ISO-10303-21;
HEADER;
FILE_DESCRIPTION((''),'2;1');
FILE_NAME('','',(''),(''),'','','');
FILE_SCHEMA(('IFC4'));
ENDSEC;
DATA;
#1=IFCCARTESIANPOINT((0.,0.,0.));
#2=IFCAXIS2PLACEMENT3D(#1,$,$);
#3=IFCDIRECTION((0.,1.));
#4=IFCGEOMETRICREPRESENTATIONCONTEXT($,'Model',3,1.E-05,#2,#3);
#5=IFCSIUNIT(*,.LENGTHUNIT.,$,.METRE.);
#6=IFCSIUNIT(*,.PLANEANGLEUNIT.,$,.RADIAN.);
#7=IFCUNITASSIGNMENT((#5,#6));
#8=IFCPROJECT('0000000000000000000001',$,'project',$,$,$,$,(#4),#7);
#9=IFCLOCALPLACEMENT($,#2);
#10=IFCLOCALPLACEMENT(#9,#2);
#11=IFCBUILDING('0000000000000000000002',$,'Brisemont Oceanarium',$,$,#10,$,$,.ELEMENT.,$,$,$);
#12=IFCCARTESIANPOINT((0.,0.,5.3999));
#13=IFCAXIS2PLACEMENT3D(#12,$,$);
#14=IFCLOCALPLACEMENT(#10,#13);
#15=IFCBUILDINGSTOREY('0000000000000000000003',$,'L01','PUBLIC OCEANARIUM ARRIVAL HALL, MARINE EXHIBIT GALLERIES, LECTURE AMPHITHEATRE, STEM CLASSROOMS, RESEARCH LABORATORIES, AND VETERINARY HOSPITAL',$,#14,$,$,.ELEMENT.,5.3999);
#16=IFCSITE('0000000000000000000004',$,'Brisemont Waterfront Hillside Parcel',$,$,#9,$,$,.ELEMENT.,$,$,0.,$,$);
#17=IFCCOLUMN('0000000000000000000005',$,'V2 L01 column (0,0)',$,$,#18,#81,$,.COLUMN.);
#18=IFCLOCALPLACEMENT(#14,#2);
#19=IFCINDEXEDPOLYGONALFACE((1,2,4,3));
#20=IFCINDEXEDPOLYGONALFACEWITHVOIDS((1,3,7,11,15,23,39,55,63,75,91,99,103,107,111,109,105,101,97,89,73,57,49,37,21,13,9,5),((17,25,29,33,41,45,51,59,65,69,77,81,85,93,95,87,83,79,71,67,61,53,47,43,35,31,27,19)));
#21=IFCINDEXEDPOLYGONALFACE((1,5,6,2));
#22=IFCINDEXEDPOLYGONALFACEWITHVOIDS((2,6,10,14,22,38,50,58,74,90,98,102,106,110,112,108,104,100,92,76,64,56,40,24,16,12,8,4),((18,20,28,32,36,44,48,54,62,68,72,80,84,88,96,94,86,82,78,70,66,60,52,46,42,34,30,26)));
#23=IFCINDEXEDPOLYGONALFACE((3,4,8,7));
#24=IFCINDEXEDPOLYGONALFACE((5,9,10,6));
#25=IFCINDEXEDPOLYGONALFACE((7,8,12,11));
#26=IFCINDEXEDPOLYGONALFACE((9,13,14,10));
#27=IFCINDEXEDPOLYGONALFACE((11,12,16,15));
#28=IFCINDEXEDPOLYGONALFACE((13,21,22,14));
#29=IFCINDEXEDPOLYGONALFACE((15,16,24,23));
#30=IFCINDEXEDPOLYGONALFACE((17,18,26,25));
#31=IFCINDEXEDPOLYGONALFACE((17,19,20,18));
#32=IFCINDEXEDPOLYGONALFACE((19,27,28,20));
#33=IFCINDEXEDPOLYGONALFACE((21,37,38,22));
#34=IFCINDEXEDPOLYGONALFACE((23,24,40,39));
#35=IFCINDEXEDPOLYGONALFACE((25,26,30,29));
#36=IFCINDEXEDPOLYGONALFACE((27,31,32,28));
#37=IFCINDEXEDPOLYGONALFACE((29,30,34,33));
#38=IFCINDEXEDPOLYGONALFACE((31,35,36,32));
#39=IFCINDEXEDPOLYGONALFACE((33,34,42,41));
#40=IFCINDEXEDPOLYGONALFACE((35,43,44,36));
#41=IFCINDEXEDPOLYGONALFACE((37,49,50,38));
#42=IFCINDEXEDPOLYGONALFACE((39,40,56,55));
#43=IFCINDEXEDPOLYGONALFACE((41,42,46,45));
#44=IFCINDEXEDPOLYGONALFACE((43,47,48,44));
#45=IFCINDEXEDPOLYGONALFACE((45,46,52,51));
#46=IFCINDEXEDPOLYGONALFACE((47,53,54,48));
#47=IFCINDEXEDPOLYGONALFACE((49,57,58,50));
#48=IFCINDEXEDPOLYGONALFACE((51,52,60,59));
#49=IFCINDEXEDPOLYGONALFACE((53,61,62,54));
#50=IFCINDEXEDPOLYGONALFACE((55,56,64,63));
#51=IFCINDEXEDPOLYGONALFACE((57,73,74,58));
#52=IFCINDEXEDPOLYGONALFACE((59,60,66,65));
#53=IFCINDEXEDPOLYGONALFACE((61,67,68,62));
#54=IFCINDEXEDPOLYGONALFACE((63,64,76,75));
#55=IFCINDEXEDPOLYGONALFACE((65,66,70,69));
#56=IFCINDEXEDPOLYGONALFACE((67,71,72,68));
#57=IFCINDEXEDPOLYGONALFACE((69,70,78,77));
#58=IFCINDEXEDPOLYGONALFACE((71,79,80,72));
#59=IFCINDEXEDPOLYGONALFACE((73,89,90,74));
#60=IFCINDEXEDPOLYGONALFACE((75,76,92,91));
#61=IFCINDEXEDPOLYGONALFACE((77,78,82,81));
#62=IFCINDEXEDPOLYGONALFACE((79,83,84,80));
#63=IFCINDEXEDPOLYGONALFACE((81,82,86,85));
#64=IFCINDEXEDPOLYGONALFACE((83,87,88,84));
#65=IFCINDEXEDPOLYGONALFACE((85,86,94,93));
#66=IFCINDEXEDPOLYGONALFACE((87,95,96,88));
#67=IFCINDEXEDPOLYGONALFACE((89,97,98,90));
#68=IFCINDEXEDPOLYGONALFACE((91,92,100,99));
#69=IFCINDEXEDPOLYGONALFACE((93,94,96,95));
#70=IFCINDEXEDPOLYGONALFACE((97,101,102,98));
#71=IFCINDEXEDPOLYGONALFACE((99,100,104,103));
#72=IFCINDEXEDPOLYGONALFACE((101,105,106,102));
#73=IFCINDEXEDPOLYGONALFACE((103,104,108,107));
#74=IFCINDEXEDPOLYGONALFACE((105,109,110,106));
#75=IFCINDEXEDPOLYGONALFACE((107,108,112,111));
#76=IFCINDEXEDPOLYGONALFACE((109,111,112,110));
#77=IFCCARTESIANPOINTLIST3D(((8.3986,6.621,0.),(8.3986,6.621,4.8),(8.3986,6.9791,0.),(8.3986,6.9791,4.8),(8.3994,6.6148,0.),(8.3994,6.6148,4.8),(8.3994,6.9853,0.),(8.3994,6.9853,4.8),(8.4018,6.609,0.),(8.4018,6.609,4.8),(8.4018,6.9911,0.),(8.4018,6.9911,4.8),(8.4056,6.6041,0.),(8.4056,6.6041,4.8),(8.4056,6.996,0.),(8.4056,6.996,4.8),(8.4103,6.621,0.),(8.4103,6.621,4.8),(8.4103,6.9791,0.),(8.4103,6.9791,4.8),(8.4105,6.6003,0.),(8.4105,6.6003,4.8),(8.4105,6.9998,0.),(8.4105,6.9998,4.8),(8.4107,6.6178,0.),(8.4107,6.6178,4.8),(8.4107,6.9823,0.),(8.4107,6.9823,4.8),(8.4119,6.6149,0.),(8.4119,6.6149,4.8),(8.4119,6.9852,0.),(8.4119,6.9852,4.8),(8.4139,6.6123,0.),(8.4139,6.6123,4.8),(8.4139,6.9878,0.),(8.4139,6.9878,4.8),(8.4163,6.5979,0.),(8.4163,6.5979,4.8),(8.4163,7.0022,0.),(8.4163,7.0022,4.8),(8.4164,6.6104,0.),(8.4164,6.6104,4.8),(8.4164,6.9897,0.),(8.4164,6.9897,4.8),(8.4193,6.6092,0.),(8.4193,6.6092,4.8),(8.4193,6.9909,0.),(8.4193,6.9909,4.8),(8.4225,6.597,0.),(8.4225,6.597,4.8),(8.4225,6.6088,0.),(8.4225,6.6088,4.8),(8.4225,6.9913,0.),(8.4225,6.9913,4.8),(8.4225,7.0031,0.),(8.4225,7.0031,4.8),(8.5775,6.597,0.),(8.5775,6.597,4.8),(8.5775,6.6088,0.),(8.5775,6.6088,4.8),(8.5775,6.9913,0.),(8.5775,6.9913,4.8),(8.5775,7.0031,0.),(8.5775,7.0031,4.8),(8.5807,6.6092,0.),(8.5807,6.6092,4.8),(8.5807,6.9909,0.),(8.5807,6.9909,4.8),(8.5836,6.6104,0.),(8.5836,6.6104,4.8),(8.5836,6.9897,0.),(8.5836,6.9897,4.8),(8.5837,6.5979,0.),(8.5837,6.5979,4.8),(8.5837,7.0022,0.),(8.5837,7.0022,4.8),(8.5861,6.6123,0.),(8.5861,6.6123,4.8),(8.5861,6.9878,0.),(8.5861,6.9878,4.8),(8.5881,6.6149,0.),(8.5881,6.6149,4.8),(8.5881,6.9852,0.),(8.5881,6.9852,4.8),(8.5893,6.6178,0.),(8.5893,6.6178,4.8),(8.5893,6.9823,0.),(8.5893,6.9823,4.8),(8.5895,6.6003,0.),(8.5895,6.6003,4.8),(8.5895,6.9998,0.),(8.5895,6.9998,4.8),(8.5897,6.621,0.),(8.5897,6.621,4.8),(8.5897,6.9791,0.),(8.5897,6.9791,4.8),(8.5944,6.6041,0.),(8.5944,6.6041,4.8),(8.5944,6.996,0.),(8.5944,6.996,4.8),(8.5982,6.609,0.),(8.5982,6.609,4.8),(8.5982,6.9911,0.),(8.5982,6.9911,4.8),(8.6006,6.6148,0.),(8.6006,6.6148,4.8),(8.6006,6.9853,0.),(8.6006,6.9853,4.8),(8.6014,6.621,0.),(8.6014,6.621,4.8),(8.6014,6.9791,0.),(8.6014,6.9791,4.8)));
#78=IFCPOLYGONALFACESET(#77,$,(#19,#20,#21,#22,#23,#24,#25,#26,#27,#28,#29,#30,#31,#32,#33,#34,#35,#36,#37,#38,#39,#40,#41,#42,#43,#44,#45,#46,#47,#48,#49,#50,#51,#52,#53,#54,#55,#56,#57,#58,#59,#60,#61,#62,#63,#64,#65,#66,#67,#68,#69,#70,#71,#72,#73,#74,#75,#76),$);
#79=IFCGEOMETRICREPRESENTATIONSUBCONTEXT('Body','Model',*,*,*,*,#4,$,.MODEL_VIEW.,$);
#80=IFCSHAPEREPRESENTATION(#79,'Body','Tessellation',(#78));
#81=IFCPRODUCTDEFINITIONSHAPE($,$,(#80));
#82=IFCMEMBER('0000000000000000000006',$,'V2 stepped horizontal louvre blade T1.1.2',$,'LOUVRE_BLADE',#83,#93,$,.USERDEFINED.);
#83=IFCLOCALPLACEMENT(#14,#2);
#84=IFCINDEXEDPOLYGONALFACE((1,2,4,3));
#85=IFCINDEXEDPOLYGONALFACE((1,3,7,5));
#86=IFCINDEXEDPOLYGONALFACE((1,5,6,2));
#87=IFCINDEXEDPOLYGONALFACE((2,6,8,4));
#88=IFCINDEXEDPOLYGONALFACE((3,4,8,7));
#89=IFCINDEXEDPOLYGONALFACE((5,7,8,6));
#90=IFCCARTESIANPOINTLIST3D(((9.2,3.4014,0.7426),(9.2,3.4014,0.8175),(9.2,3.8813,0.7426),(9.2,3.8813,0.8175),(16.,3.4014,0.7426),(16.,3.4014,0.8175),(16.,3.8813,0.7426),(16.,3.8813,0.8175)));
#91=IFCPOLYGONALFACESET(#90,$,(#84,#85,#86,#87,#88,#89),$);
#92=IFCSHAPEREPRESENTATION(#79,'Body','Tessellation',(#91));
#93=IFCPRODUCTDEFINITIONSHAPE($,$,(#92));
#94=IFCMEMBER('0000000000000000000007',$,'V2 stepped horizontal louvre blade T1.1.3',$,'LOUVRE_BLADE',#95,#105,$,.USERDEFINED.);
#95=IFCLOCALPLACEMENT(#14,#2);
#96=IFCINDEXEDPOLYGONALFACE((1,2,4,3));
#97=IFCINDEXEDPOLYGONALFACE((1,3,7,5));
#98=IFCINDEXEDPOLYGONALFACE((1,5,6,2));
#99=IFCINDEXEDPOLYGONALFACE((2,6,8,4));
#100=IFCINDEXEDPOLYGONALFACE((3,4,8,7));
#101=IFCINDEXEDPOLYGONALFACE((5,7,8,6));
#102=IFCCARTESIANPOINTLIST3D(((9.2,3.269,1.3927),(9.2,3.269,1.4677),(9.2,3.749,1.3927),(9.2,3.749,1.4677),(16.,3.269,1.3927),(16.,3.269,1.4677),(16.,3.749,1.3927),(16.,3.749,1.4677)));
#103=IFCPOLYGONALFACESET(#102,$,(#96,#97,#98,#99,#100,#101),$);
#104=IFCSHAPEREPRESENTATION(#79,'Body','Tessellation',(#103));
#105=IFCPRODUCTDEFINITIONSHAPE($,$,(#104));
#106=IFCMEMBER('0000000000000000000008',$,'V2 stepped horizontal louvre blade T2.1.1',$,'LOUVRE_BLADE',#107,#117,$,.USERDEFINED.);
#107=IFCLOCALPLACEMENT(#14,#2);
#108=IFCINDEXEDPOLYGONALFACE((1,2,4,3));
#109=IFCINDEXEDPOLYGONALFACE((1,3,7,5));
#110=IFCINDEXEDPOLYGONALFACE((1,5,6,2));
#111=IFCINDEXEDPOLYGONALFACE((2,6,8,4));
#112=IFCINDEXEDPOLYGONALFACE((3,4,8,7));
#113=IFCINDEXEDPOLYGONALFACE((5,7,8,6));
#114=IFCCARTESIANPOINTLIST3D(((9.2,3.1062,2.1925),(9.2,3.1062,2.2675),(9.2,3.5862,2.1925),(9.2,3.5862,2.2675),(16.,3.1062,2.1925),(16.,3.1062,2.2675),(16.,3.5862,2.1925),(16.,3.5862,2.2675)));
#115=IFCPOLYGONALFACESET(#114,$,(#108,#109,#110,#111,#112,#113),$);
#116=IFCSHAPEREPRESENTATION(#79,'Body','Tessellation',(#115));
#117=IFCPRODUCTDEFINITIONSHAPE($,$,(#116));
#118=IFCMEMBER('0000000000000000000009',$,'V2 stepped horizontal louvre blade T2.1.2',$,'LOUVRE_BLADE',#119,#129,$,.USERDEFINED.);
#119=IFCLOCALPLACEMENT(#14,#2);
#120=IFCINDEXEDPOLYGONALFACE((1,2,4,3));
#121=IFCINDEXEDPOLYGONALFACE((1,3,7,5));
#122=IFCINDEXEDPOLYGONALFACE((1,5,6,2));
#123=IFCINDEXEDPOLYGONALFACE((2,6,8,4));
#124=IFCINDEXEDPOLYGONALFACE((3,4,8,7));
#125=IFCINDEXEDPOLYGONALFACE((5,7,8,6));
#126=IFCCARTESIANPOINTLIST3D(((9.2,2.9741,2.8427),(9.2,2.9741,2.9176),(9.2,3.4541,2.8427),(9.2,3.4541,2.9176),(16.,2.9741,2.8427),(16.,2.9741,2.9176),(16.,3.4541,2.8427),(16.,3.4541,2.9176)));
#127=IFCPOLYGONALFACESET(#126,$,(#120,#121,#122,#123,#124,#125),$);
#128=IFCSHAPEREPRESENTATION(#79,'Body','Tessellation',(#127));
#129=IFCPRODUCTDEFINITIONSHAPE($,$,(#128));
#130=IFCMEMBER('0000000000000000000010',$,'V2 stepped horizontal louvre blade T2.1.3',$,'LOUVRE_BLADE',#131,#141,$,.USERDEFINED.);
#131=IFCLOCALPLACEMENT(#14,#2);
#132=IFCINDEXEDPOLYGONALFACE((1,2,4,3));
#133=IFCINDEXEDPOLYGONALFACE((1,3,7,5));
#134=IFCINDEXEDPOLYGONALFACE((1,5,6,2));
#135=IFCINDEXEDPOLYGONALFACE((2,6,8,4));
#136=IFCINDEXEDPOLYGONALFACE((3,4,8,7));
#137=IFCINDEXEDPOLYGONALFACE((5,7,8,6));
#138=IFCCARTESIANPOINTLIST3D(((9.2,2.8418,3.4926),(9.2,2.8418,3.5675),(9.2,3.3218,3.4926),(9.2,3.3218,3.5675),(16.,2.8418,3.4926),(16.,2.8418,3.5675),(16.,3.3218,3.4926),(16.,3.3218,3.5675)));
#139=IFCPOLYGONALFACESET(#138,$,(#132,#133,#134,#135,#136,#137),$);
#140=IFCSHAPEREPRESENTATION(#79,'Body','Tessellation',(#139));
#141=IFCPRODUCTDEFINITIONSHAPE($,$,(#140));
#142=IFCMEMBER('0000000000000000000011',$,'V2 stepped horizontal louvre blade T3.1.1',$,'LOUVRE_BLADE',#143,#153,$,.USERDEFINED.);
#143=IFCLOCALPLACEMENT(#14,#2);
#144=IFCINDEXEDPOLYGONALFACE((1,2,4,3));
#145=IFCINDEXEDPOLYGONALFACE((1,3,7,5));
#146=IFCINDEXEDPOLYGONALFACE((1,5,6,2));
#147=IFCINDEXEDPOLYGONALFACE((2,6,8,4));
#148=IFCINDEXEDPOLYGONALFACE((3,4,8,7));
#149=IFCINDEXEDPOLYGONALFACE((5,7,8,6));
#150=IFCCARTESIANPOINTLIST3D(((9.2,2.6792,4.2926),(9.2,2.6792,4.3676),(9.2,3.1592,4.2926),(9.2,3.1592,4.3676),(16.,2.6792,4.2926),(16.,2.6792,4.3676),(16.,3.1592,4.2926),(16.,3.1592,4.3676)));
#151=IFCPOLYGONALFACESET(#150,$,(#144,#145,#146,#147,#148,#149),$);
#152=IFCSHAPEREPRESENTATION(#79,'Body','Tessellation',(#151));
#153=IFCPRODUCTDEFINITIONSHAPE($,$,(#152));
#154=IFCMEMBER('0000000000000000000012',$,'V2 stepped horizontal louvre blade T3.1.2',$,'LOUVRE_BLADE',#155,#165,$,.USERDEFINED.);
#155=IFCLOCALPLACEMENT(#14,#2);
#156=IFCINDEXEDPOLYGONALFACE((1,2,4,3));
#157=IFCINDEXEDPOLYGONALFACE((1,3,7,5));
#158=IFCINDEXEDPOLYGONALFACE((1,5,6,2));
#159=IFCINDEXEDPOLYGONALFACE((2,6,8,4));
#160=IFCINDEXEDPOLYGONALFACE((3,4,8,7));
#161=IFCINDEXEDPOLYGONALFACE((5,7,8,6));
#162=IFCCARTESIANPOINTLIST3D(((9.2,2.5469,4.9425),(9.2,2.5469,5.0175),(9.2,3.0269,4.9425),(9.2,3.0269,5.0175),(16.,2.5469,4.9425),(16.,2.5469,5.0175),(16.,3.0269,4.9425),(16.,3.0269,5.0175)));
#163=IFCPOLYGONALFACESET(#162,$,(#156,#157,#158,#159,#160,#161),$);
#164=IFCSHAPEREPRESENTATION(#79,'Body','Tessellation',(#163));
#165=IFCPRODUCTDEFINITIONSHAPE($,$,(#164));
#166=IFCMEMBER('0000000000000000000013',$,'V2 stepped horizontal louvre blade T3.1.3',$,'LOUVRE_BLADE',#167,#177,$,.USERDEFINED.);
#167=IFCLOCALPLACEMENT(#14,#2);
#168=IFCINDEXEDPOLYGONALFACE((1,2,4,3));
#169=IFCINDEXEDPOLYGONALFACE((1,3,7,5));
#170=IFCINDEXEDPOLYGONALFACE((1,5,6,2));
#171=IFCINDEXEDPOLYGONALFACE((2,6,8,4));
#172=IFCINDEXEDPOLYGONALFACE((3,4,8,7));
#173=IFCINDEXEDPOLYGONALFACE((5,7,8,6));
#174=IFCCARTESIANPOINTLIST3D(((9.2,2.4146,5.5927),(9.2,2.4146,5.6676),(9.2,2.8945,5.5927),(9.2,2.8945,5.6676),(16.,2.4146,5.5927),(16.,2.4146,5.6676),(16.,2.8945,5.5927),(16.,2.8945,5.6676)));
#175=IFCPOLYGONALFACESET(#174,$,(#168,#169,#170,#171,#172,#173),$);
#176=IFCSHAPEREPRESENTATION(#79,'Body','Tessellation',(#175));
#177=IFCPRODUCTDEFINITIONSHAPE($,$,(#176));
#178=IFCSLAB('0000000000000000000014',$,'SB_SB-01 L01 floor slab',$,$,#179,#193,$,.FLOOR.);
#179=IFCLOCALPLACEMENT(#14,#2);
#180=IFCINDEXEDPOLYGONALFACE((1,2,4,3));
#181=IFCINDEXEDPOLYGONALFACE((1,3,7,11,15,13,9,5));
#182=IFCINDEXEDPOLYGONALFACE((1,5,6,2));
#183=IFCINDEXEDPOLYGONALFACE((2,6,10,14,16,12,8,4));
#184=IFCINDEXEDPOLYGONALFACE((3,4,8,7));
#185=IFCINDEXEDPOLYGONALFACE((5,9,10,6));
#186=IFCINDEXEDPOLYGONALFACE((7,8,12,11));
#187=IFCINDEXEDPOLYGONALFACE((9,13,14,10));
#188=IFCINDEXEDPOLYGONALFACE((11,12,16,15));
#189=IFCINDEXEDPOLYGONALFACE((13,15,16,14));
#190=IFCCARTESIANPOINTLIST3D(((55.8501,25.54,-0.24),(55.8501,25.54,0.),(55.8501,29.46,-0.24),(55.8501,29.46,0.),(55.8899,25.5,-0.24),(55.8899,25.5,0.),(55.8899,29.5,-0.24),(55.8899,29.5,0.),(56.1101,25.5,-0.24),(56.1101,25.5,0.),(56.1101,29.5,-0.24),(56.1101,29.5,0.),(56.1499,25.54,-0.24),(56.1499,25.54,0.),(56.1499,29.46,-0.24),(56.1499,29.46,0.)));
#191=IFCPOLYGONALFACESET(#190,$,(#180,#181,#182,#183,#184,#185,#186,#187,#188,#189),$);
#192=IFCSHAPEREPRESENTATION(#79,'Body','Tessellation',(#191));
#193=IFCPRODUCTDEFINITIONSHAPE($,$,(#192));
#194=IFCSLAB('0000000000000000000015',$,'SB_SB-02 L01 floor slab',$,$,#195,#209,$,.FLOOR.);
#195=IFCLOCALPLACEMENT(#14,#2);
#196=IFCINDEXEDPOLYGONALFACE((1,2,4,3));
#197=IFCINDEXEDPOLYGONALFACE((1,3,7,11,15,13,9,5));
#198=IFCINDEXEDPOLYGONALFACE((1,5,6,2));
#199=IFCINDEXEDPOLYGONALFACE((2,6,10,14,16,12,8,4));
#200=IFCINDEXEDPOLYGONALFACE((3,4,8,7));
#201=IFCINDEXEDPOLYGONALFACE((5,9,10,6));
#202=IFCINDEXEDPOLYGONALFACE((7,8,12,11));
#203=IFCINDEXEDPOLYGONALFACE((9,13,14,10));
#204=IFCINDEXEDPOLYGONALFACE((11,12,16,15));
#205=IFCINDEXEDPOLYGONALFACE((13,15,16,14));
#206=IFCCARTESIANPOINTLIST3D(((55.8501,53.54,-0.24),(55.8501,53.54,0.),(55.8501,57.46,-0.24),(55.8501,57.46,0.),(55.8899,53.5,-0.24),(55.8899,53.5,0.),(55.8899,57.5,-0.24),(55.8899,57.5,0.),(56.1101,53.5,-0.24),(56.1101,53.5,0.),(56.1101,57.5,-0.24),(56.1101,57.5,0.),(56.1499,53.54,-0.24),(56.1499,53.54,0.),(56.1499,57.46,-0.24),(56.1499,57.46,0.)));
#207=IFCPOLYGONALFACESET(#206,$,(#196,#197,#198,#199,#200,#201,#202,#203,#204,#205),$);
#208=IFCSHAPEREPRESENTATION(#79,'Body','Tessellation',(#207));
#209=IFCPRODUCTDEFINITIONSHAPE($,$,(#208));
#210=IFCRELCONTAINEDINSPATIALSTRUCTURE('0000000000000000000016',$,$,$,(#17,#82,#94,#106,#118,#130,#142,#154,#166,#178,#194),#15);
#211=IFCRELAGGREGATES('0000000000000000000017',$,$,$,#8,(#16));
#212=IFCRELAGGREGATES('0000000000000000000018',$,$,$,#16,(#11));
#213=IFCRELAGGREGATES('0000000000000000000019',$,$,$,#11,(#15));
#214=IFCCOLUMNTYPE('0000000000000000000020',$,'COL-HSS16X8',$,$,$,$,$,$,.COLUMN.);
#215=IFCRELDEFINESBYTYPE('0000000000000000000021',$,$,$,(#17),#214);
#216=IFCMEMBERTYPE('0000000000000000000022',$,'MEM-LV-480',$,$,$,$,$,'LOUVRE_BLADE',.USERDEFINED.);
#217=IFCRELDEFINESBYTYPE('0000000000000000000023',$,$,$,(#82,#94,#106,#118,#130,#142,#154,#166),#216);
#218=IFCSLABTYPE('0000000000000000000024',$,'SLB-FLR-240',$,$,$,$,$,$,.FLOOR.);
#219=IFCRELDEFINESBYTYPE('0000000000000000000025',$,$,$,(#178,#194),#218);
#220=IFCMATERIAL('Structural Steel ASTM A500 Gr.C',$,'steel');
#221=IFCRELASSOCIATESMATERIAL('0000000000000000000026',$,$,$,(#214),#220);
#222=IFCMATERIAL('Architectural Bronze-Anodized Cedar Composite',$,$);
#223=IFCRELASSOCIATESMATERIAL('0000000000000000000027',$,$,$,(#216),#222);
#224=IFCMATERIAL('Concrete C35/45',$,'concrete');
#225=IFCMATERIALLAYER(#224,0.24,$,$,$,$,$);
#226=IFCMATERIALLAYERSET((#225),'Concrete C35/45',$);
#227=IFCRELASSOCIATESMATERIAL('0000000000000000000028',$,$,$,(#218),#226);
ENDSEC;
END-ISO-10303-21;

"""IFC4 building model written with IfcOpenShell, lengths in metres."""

from ifc_helpers import new_model, si_unit, direction, frame, origin, origin_2d, place, context, subcontext, project, spatial, polyline, rectangle, hollow_rectangle, outline, extrude, material, layer, layer_set, material_profile, profile_set, type_object, element, save


model = new_model("IFC4")

# Units and contexts
model_context = context("Model", 3, precision=1e-05, world=origin(), true_north=direction((0.0, 1.0)))
body_context = subcontext(model_context, "Body", "Model", "MODEL_VIEW")
ifc_project = project(units=[si_unit("LENGTHUNIT", "METRE"), si_unit("PLANEANGLEUNIT", "RADIAN")], contexts=[model_context])

# Site, building, storey
site_placement = place(None, origin())
site = spatial("IfcSite", under=ifc_project, at=site_placement, Name="Brisemont Waterfront Hillside Parcel", CompositionType="ELEMENT", RefElevation=0.0)
building_placement = place(site_placement, origin())
building = spatial("IfcBuilding", under=site, at=building_placement, Name="Brisemont Oceanarium", CompositionType="ELEMENT")
storey_placement = place(building_placement, frame((0.0, 0.0, 5.3999)))
storey = spatial("IfcBuildingStorey", under=building, at=storey_placement, Name="L01", Description="PUBLIC OCEANARIUM ARRIVAL HALL, MARINE EXHIBIT GALLERIES, LECTURE AMPHITHEATRE, STEM CLASSROOMS, RESEARCH LABORATORIES, AND VETERINARY HOSPITAL", CompositionType="ELEMENT", Elevation=5.3999)

# Column
ifc_material_1 = material(Name="Structural Steel ASTM A500 Gr.C", Category="steel")
ifc_material_profile_1 = material_profile(ifc_material_1, hollow_rectangle(XDim=0.2029, YDim=0.406, WallThickness=0.0117, InnerFilletRadius=0.0122, OuterFilletRadius=0.0239, at=origin_2d()), Name="HSS16X8X1/2")
ifc_profile_set_1 = profile_set([ifc_material_profile_1], Name="Structural Steel ASTM A500 Gr.C")
column_type = type_object("IfcColumnType", Name="COL-HSS16X8", PredefinedType="COLUMN", material=ifc_profile_set_1)
column_placement = place(storey_placement, frame((8.5, 6.8, 0.0), z_axis=(0.0, 0.0, 1.0), x_axis=(1.0, 0.0, 0.0)))
element("IfcColumn", 1, at=column_placement, inside=storey, type_object=column_type, Name="V2 L01 column (0,0)", PredefinedType="COLUMN", context=body_context, shape_type="SweptSolid", body=[
    extrude(hollow_rectangle(XDim=0.2029, YDim=0.406, WallThickness=0.0117, InnerFilletRadius=0.0122, OuterFilletRadius=0.0239, at=origin_2d()), origin(), (0.0, 0.0, 1.0), 4.8),
])

# Members
ifc_material_2 = material(Name="Architectural Bronze-Anodized Cedar Composite")
ifc_material_profile_2 = material_profile(ifc_material_2, rectangle(XDim=0.48, YDim=0.075, at=origin_2d()), Name="LOUVRE-480X75")
ifc_profile_set_2 = profile_set([ifc_material_profile_2], Name="Architectural Bronze-Anodized Cedar Composite")
member_type = type_object("IfcMemberType", Name="MEM-LV-480", ElementType="LOUVRE_BLADE", PredefinedType="USERDEFINED", material=ifc_profile_set_2)
for number, where, z_axis, x_axis, name in (
    (2, (9.2, 3.6414, 0.78), (1.0, 0.0, 0.0), (0.0, 1.0, 0.0), "V2 stepped horizontal louvre blade T1.1.2"),
    (3, (9.2, 3.509, 1.4302), (1.0, 0.0, 0.0), (0.0, 1.0, 0.0), "V2 stepped horizontal louvre blade T1.1.3"),
    (4, (9.2, 3.3462, 2.23), (1.0, 0.0, 0.0), (0.0, 1.0, 0.0), "V2 stepped horizontal louvre blade T2.1.1"),
    (5, (9.2, 3.2141, 2.8801), (1.0, 0.0, 0.0), (0.0, 1.0, 0.0), "V2 stepped horizontal louvre blade T2.1.2"),
    (6, (9.2, 3.0818, 3.53), (1.0, 0.0, 0.0), (0.0, 1.0, 0.0), "V2 stepped horizontal louvre blade T2.1.3"),
    (7, (9.2, 2.9192, 4.3301), (1.0, 0.0, 0.0), (0.0, 1.0, 0.0), "V2 stepped horizontal louvre blade T3.1.1"),
    (8, (9.2, 2.7869, 4.98), (1.0, 0.0, 0.0), (0.0, 1.0, 0.0), "V2 stepped horizontal louvre blade T3.1.2"),
    (9, (9.2, 2.6545, 5.6301), (1.0, 0.0, 0.0), (0.0, 1.0, 0.0), "V2 stepped horizontal louvre blade T3.1.3"),
):
    element("IfcMember", number, at=place(storey_placement, frame(where, z_axis=z_axis, x_axis=x_axis)), inside=storey, type_object=member_type, Name=name, ObjectType="LOUVRE_BLADE", PredefinedType="USERDEFINED", context=body_context, shape_type="SweptSolid", body=[
        extrude(rectangle(XDim=0.48, YDim=0.075, at=origin_2d()), origin(), (0.0, 0.0, 1.0), 6.8),
    ])

# Slabs
ifc_material_3 = material(Name="Concrete C35/45", Category="concrete")
ifc_layer_1 = layer(ifc_material_3, 0.24)
ifc_layer_set_1 = layer_set([ifc_layer_1], Name="Concrete C35/45")
slab_type_1 = type_object("IfcSlabType", Name="SLB-FLR-240", PredefinedType="FLOOR", material=ifc_layer_set_1)
slab_1_placement = place(storey_placement, frame((0.0, 0.0, -0.24)))
element("IfcSlab", 10, at=slab_1_placement, inside=storey, type_object=slab_type_1, Name="SB_SB-01 L01 floor slab", PredefinedType="FLOOR", context=body_context, shape_type="SweptSolid", body=[
    extrude(outline(polyline([(55.8899, 25.5), (56.1101, 25.5), (56.1499, 25.54), (56.1499, 29.46), (56.1101, 29.5), (55.8899, 29.5), (55.8501, 29.46), (55.8501, 25.54), (55.8899, 25.5)])), origin(), (0.0, 0.0, 1.0), 0.24),
])
slab_2_placement = place(storey_placement, frame((0.0, 0.0, -0.24)))
element("IfcSlab", 11, at=slab_2_placement, inside=storey, type_object=slab_type_1, Name="SB_SB-02 L01 floor slab", PredefinedType="FLOOR", context=body_context, shape_type="SweptSolid", body=[
    extrude(outline(polyline([(55.8899, 53.5), (56.1101, 53.5), (56.1499, 53.54), (56.1499, 57.46), (56.1101, 57.5), (55.8899, 57.5), (55.8501, 57.46), (55.8501, 53.54), (55.8899, 53.5)])), origin(), (0.0, 0.0, 1.0), 0.24),
])

save(model, "model.ifc")
